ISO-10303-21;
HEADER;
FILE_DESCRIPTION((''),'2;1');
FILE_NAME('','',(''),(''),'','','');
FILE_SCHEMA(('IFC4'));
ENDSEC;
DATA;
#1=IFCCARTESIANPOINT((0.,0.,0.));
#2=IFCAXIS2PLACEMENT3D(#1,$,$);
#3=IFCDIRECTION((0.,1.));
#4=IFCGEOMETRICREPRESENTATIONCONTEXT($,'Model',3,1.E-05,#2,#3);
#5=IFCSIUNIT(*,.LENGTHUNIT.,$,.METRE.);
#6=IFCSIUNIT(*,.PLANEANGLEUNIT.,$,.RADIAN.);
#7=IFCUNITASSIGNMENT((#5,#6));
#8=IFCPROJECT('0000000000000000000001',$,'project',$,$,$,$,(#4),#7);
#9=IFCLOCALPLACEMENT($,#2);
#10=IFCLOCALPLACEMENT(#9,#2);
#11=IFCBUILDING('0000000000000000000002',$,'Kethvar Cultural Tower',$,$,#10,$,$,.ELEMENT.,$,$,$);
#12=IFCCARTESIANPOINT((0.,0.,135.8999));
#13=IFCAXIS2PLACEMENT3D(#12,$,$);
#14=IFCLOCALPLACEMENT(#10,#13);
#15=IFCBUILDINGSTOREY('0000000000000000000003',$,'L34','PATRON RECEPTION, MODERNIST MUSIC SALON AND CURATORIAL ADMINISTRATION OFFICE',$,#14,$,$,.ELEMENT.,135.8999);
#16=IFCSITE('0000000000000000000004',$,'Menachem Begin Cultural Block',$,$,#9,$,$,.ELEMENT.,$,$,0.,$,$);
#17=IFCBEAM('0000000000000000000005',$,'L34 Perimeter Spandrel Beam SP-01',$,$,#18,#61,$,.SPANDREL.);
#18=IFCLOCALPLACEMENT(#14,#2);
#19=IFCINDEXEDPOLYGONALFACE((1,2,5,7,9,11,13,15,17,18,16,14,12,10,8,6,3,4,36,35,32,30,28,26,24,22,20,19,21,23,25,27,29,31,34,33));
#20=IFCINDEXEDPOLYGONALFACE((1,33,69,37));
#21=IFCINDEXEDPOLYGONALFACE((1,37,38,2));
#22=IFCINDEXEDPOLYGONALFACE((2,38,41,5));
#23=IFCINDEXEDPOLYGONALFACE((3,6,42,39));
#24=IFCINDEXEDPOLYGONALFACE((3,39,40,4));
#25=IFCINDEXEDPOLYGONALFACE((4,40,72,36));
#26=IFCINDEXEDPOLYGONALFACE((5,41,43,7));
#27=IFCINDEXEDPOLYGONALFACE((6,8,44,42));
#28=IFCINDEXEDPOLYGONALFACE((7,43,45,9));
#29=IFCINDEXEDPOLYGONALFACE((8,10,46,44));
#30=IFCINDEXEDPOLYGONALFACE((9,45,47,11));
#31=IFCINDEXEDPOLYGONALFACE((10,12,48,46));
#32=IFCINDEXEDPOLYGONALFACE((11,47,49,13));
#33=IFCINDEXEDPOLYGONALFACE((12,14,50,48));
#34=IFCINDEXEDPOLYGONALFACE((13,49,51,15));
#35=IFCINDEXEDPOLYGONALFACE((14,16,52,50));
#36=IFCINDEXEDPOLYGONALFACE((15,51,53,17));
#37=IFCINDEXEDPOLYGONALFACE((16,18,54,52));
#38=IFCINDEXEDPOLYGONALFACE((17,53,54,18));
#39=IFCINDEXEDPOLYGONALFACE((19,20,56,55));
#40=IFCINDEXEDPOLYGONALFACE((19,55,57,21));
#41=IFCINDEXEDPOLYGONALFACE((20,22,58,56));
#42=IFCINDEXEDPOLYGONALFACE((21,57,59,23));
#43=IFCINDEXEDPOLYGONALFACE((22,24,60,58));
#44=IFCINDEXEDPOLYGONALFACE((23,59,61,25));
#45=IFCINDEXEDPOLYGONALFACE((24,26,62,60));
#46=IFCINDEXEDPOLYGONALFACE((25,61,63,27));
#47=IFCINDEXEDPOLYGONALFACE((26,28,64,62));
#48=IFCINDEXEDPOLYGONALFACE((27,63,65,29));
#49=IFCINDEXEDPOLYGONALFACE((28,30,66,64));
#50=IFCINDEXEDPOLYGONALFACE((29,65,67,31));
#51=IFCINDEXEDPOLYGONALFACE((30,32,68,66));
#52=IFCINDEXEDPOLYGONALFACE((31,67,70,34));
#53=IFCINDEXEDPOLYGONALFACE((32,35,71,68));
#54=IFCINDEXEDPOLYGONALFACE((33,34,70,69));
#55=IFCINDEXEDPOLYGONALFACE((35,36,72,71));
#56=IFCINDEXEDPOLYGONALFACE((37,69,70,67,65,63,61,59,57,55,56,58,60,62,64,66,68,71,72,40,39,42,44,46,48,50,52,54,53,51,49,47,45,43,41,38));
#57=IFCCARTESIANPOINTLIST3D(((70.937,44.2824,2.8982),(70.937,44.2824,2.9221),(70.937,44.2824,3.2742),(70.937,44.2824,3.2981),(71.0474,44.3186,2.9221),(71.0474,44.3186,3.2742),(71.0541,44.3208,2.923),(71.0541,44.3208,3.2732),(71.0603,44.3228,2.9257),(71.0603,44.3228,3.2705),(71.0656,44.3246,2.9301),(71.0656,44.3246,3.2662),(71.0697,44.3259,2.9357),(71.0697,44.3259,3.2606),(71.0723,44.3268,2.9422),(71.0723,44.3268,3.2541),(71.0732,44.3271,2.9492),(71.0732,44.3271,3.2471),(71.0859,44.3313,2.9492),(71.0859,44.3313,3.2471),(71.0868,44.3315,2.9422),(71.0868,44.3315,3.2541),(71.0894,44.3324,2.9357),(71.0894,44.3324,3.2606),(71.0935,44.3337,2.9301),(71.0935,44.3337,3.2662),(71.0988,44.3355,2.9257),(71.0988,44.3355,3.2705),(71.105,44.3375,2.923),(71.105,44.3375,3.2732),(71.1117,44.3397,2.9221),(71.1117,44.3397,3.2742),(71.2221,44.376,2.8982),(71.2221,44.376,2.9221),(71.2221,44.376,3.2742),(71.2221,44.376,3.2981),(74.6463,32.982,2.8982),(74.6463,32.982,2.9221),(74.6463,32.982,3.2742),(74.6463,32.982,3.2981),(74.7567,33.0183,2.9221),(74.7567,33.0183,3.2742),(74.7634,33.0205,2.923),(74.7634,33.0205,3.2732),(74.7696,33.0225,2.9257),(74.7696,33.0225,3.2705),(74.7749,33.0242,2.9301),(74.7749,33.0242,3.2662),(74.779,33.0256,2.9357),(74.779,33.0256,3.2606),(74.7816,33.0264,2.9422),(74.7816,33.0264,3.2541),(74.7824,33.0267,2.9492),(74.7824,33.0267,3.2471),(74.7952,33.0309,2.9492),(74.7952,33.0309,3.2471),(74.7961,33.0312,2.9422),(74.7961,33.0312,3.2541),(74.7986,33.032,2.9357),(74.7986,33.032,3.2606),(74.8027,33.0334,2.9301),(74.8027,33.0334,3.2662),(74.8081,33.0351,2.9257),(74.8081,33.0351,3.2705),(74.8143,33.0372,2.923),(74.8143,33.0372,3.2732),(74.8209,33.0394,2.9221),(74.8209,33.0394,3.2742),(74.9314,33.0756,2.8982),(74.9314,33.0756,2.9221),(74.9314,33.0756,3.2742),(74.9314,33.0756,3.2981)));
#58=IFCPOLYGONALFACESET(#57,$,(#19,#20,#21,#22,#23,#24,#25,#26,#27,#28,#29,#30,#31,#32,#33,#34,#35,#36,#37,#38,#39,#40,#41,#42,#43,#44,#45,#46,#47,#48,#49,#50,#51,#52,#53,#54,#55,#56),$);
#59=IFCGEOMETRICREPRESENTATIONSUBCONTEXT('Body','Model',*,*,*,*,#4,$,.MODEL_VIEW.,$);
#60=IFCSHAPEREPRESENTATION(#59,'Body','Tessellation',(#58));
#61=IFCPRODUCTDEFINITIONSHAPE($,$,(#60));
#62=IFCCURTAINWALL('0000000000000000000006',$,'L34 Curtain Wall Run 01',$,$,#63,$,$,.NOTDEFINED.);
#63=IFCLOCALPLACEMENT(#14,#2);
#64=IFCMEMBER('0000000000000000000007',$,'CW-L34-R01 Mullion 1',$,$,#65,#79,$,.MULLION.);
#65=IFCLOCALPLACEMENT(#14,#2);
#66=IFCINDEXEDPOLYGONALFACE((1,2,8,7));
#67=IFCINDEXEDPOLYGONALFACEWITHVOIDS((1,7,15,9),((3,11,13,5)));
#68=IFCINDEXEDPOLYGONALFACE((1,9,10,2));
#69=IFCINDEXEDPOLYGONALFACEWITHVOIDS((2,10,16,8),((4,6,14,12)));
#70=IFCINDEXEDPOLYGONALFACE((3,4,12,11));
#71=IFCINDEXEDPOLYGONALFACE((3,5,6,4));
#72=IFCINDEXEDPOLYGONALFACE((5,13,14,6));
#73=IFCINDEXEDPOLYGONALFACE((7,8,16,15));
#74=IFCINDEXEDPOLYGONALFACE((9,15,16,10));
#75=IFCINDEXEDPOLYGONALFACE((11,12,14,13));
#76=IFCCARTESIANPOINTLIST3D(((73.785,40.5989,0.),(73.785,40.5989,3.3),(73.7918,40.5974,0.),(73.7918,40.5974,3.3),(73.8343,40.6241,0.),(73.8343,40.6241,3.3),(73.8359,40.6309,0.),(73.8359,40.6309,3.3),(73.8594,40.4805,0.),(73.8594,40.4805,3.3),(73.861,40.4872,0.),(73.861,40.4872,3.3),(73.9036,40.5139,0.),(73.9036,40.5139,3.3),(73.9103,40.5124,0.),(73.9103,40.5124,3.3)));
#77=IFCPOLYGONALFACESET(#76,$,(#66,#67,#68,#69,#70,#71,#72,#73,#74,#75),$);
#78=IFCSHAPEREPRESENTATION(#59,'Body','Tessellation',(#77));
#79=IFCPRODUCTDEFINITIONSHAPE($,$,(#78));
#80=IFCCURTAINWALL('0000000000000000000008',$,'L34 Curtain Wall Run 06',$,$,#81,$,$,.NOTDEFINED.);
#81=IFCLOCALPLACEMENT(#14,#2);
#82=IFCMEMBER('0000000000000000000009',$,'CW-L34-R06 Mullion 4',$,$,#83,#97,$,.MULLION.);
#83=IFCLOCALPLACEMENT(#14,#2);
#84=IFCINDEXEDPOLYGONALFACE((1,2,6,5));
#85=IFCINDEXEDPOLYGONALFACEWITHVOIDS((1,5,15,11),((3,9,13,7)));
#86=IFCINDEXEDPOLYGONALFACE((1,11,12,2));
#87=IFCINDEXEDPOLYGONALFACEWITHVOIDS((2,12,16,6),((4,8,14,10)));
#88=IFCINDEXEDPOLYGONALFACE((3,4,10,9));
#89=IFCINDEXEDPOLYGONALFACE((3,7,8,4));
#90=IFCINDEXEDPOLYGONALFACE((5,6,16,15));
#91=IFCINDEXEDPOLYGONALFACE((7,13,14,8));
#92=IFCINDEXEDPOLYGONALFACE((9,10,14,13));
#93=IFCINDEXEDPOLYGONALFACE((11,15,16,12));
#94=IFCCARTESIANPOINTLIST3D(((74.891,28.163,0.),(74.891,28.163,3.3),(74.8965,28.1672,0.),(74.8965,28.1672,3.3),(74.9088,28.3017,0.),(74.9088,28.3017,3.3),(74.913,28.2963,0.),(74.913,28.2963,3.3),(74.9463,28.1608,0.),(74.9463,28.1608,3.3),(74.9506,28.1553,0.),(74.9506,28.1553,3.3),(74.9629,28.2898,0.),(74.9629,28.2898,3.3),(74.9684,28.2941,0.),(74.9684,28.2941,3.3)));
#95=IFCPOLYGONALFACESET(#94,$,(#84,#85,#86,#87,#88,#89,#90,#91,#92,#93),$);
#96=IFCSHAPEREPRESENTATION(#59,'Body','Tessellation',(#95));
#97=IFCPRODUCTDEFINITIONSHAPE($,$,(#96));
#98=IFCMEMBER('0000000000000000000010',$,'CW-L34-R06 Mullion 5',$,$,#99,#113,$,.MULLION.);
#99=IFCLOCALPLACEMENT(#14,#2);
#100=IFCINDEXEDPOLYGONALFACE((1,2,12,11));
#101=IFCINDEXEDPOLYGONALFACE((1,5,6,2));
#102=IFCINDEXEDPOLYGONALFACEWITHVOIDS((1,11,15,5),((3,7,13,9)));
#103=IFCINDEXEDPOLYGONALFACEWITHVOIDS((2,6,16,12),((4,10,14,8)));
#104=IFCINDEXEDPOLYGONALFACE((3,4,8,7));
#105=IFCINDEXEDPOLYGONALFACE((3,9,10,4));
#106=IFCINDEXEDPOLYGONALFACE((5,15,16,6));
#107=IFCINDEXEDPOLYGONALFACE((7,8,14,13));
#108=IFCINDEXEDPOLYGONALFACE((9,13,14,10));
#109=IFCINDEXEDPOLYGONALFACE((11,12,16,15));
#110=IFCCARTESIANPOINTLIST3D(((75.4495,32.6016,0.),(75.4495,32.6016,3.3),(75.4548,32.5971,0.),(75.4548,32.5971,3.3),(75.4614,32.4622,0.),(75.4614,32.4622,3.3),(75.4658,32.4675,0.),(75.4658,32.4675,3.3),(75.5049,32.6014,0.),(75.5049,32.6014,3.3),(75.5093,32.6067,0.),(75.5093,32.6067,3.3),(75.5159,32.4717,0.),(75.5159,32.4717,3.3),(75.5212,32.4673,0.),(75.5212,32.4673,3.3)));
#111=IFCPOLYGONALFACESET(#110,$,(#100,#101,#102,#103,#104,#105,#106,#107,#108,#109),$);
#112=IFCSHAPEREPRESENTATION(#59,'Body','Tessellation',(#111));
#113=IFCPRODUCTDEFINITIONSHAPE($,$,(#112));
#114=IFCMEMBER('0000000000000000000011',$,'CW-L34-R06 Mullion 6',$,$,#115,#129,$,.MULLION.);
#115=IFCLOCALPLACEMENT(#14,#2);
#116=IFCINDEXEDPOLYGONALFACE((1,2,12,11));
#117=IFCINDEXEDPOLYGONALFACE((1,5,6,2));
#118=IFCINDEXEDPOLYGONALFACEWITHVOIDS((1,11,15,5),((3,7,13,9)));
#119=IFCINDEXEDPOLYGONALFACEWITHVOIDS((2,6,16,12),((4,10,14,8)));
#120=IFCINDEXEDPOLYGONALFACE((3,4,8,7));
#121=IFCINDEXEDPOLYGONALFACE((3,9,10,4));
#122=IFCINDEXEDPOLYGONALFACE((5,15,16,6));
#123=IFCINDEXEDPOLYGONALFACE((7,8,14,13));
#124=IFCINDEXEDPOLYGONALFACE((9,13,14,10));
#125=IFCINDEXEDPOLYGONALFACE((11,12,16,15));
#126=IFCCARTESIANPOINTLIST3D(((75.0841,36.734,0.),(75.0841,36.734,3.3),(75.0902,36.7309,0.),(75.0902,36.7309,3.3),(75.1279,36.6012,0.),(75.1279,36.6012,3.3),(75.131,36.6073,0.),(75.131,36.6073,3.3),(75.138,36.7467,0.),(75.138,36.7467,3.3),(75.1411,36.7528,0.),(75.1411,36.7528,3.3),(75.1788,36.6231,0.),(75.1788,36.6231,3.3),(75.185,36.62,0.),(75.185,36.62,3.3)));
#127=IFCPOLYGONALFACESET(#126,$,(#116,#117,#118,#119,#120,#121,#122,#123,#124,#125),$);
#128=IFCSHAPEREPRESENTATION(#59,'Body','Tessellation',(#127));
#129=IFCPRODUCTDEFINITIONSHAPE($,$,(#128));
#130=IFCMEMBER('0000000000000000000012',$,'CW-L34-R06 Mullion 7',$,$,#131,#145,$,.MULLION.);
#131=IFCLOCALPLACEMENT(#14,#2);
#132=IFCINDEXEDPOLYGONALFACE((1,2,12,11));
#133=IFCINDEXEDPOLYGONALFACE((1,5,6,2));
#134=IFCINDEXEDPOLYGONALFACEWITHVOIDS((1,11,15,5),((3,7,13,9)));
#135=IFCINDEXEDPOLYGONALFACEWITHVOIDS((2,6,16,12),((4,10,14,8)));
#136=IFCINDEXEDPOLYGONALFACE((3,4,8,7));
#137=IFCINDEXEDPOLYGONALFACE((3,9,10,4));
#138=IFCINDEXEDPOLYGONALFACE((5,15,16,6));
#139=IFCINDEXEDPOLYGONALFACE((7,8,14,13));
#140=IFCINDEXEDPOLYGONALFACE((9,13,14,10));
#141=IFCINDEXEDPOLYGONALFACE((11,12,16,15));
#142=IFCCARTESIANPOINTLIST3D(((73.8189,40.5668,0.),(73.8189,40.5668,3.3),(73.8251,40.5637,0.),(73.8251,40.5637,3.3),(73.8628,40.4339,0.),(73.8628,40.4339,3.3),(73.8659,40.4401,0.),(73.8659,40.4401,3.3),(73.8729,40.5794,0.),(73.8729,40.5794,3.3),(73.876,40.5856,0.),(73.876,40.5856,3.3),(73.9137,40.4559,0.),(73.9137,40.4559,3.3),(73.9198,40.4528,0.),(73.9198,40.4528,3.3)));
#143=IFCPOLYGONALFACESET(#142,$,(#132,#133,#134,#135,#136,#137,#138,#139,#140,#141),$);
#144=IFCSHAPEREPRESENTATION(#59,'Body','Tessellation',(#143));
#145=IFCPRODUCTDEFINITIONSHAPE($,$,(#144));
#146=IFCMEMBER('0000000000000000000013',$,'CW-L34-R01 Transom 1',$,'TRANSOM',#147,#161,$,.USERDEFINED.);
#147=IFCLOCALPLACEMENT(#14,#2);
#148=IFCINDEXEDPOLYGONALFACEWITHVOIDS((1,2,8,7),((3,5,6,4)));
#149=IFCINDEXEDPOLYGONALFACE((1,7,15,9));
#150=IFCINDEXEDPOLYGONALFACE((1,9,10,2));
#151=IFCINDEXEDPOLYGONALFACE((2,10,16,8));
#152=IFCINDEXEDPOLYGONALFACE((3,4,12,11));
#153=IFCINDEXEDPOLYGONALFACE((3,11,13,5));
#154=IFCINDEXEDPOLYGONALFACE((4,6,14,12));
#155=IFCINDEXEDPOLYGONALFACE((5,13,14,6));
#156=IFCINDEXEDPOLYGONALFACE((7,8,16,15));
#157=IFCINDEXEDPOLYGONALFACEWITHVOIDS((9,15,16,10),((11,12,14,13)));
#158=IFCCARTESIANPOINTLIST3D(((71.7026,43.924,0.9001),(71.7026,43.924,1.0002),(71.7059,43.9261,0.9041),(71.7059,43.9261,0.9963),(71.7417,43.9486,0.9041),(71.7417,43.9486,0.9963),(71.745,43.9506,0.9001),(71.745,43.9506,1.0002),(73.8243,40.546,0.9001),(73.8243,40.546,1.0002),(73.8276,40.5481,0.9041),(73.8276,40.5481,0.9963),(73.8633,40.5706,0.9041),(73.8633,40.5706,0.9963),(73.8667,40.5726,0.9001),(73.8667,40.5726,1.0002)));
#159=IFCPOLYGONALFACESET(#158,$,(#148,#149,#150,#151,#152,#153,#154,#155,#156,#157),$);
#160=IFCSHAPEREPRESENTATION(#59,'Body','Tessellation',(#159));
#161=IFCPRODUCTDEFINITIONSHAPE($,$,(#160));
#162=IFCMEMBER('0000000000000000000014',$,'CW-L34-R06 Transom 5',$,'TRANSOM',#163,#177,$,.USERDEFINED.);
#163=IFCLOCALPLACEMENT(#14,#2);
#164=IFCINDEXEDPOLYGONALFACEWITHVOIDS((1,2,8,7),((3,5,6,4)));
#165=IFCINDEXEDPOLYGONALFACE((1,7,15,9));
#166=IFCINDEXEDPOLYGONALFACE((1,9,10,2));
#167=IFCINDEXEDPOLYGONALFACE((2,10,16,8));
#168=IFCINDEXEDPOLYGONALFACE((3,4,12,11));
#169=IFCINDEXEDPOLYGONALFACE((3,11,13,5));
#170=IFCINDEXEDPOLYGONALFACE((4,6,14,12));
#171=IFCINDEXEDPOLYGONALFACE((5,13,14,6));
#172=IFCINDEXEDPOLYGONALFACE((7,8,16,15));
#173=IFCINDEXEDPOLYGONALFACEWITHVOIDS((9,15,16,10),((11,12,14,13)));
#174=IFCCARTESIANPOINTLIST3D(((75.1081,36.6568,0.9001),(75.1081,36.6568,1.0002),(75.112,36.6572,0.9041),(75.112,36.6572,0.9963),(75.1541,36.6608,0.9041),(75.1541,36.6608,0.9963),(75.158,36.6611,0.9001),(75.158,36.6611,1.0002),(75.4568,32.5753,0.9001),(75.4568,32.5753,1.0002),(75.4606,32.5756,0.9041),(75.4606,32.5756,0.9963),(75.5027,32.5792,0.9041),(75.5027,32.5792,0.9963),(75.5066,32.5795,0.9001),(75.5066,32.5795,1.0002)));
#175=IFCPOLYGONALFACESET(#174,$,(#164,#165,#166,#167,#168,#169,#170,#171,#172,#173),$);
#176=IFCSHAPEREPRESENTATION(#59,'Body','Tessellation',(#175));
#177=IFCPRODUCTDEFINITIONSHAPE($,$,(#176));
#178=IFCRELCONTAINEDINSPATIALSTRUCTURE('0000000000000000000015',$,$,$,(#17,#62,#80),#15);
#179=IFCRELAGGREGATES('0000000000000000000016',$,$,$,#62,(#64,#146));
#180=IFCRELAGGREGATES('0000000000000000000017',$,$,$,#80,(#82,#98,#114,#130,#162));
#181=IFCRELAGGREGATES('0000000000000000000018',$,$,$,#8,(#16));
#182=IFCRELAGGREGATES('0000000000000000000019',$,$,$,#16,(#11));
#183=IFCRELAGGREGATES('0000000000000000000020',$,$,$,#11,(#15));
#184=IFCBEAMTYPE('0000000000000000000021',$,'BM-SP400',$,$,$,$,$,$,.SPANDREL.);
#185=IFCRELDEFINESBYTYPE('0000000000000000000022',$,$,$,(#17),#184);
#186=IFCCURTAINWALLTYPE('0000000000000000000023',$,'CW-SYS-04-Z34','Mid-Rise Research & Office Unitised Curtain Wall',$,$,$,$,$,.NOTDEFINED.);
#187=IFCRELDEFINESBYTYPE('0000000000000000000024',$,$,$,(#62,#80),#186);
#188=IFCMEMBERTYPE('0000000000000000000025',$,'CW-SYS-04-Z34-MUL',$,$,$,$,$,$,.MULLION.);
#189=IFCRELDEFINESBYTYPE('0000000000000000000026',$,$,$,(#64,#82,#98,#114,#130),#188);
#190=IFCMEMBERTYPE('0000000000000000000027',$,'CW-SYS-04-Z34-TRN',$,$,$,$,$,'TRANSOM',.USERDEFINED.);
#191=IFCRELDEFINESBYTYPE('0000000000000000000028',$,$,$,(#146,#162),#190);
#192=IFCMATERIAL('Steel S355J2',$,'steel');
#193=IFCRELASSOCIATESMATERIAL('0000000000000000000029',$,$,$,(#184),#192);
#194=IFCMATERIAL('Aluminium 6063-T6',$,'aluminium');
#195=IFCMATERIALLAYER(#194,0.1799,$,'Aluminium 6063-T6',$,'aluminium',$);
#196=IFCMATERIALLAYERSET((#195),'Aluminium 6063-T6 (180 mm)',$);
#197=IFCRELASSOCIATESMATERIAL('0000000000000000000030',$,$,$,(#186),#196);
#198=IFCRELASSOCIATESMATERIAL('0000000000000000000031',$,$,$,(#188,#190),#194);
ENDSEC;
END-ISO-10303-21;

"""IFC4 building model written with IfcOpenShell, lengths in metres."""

from ifc_helpers import new_model, si_unit, direction, frame, origin, origin_2d, place, context, subcontext, project, spatial, hollow_rectangle, i_section, extrude, source, transform, mapped, material, layer, layer_set, material_profile, profile_set, type_object, element, aggregate, save


model = new_model("IFC4")

# Units and contexts
model_context = context("Model", 3, precision=1e-05, world=origin(), true_north=direction((0.0, 1.0)))
body_context = subcontext(model_context, "Body", "Model", "MODEL_VIEW")
ifc_project = project(units=[si_unit("LENGTHUNIT", "METRE"), si_unit("PLANEANGLEUNIT", "RADIAN")], contexts=[model_context])

# Site, building, storey
site_placement = place(None, origin())
site = spatial("IfcSite", under=ifc_project, at=site_placement, Name="Menachem Begin Cultural Block", CompositionType="ELEMENT", RefElevation=0.0)
building_placement = place(site_placement, origin())
building = spatial("IfcBuilding", under=site, at=building_placement, Name="Kethvar Cultural Tower", CompositionType="ELEMENT")
storey_placement = place(building_placement, frame((0.0, 0.0, 135.8999)))
storey = spatial("IfcBuildingStorey", under=building, at=storey_placement, Name="L34", Description="PATRON RECEPTION, MODERNIST MUSIC SALON AND CURATORIAL ADMINISTRATION OFFICE", CompositionType="ELEMENT", Elevation=135.8999)

# Beam
ifc_material_1 = material(Name="Steel S355J2", Category="steel")
ifc_material_profile_1 = material_profile(ifc_material_1, i_section(OverallWidth=0.3, OverallDepth=0.3999, WebThickness=0.0134, FlangeThickness=0.0239, FilletRadius=0.0271, at=origin_2d()), Name="Steel S355J2 — HEB400")
ifc_profile_set_1 = profile_set([ifc_material_profile_1], Name="Steel S355J2 — HEB400")
beam_type_1 = type_object("IfcBeamType", Name="BM-SP400", PredefinedType="SPANDREL", material=ifc_profile_set_1)
shared_shape_1 = source(origin(), body_context, "Body", "SweptSolid", [
    extrude(i_section(OverallWidth=0.3, OverallDepth=0.3999, WebThickness=0.0134, FlangeThickness=0.0239, FilletRadius=0.0271, at=origin_2d()), origin(), (0.0, 0.0, 1.0), 11.8936),
])
beam_1_placement = place(storey_placement, frame((74.7888, 33.0288, 3.0981), z_axis=(-0.311871, 0.950125, 0.0), x_axis=(-0.950125, -0.311871, 0.0)))
element("IfcBeam", 1, at=beam_1_placement, inside=storey, type_object=beam_type_1, Name="L34 Perimeter Spandrel Beam SP-01", PredefinedType="SPANDREL", context=body_context, shape_type="MappedRepresentation", body=[
    mapped(shared_shape_1, transform((0.0, 0.0, 0.0), scale=1.0)),
])

# Curtain wall, member
ifc_material_2 = material(Name="Aluminium 6063-T6", Category="aluminium")
ifc_layer_1 = layer(ifc_material_2, 0.1799, Name="Aluminium 6063-T6", Category="aluminium")
ifc_layer_set_1 = layer_set([ifc_layer_1], Name="Aluminium 6063-T6 (180 mm)")
curtain_wall_type = type_object("IfcCurtainWallType", Name="CW-SYS-04-Z34", Description="Mid-Rise Research & Office Unitised Curtain Wall", PredefinedType="NOTDEFINED", material=ifc_layer_set_1)
curtain_wall_1_placement = place(storey_placement, origin())
curtain_wall_1 = element("IfcCurtainWall", 2, at=curtain_wall_1_placement, inside=storey, type_object=curtain_wall_type, Name="L34 Curtain Wall Run 01", PredefinedType="NOTDEFINED")
ifc_material_profile_2 = material_profile(ifc_material_2, hollow_rectangle(XDim=0.0601, YDim=0.1399, WallThickness=0.0049, at=origin_2d()), Name="Aluminium 6063-T6 — RHS140x60x5")
ifc_profile_set_2 = profile_set([ifc_material_profile_2], Name="Aluminium 6063-T6 — RHS140x60x5")
member_type_1 = type_object("IfcMemberType", Name="CW-SYS-04-Z34-MUL", PredefinedType="MULLION", material=ifc_profile_set_2)
shared_shape_2 = source(origin(), body_context, "Body", "SweptSolid", [
    extrude(hollow_rectangle(XDim=0.0601, YDim=0.1399, WallThickness=0.0049, at=origin_2d()), origin(), (0.0, 0.0, 1.0), 3.3),
])
member_1_placement = place(storey_placement, frame((73.8477, 40.5557, 0.0), z_axis=(0.0, 0.0, 1.0), x_axis=(-0.846844, -0.531842, 0.0)))
member_1 = element("IfcMember", 3, at=member_1_placement, type_object=member_type_1, Name="CW-L34-R01 Mullion 1", PredefinedType="MULLION", context=body_context, shape_type="MappedRepresentation", body=[
    mapped(shared_shape_2, transform((0.0, 0.0, 0.0), scale=1.0)),
])

# Curtain wall, members
curtain_wall_2_placement = place(storey_placement, origin())
curtain_wall_2 = element("IfcCurtainWall", 4, at=curtain_wall_2_placement, inside=storey, type_object=curtain_wall_type, Name="L34 Curtain Wall Run 06", PredefinedType="NOTDEFINED")
member_2_placement = place(storey_placement, frame((74.9297, 28.2285, 0.0), z_axis=(0.0, 0.0, 1.0), x_axis=(-0.991854, 0.127376, 0.0)))
member_2 = element("IfcMember", 5, at=member_2_placement, type_object=member_type_1, Name="CW-L34-R06 Mullion 4", PredefinedType="MULLION", context=body_context, shape_type="MappedRepresentation", body=[
    mapped(shared_shape_2, transform((0.0, 0.0, 0.0), scale=1.0)),
])
member_3_placement = place(storey_placement, frame((75.4854, 32.5344, 0.0), z_axis=(0.0, 0.0, 1.0), x_axis=(-0.996374, -0.085087, 0.0)))
member_3 = element("IfcMember", 6, at=member_3_placement, type_object=member_type_1, Name="CW-L34-R06 Mullion 5", PredefinedType="MULLION", context=body_context, shape_type="MappedRepresentation", body=[
    mapped(shared_shape_2, transform((0.0, 0.0, 0.0), scale=1.0)),
])
member_4_placement = place(storey_placement, frame((75.1345, 36.677, 0.0), z_axis=(0.0, 0.0, 1.0), x_axis=(-0.949595, -0.313479, 0.0)))
member_4 = element("IfcMember", 7, at=member_4_placement, type_object=member_type_1, Name="CW-L34-R06 Mullion 6", PredefinedType="MULLION", context=body_context, shape_type="MappedRepresentation", body=[
    mapped(shared_shape_2, transform((0.0, 0.0, 0.0), scale=1.0)),
])
member_5_placement = place(storey_placement, frame((73.8694, 40.5098, 0.0), z_axis=(0.0, 0.0, 1.0), x_axis=(-0.949595, -0.313479, 0.0)))
member_5 = element("IfcMember", 8, at=member_5_placement, type_object=member_type_1, Name="CW-L34-R06 Mullion 7", PredefinedType="MULLION", context=body_context, shape_type="MappedRepresentation", body=[
    mapped(shared_shape_2, transform((0.0, 0.0, 0.0), scale=1.0)),
])

# Members
ifc_material_profile_3 = material_profile(ifc_material_2, hollow_rectangle(XDim=0.05, YDim=0.1001, WallThickness=0.0039, at=origin_2d()), Name="Aluminium 6063-T6 — RHS100x50x4")
ifc_profile_set_3 = profile_set([ifc_material_profile_3], Name="Aluminium 6063-T6 — RHS100x50x4")
member_type_2 = type_object("IfcMemberType", Name="CW-SYS-04-Z34-TRN", ElementType="TRANSOM", PredefinedType="USERDEFINED", material=ifc_profile_set_3)
shared_shape_3 = source(origin(), body_context, "Body", "SweptSolid", [
    extrude(hollow_rectangle(XDim=0.05, YDim=0.1001, WallThickness=0.0039, at=origin_2d()), origin(), (0.0, 0.0, 1.0), 3.989),
])
member_6_placement = place(storey_placement, frame((73.8455, 40.5593, 0.9502), z_axis=(-0.531868, 0.846827, 0.0), x_axis=(-0.846827, -0.531868, 0.0)))
member_6 = element("IfcMember", 9, at=member_6_placement, type_object=member_type_2, Name="CW-L34-R01 Transom 1", ObjectType="TRANSOM", PredefinedType="USERDEFINED", context=body_context, shape_type="MappedRepresentation", body=[
    mapped(shared_shape_3, transform((0.0, 0.0, 0.0), scale=1.0)),
])
aggregate(curtain_wall_1, [member_1, member_6])
shared_shape_4 = source(origin(), body_context, "Body", "SweptSolid", [
    extrude(hollow_rectangle(XDim=0.05, YDim=0.1001, WallThickness=0.0039, at=origin_2d()), origin(), (0.0, 0.0, 1.0), 4.0964),
])
member_7_placement = place(storey_placement, frame((75.4817, 32.5774, 0.9502), z_axis=(-0.085107, 0.996372, 0.0), x_axis=(-0.996372, -0.085107, 0.0)))
member_7 = element("IfcMember", 10, at=member_7_placement, type_object=member_type_2, Name="CW-L34-R06 Transom 5", ObjectType="TRANSOM", PredefinedType="USERDEFINED", context=body_context, shape_type="MappedRepresentation", body=[
    mapped(shared_shape_4, transform((0.0, 0.0, 0.0), scale=1.0)),
])

aggregate(curtain_wall_2, [member_2, member_3, member_4, member_5, member_7])

save(model, "model.ifc")
